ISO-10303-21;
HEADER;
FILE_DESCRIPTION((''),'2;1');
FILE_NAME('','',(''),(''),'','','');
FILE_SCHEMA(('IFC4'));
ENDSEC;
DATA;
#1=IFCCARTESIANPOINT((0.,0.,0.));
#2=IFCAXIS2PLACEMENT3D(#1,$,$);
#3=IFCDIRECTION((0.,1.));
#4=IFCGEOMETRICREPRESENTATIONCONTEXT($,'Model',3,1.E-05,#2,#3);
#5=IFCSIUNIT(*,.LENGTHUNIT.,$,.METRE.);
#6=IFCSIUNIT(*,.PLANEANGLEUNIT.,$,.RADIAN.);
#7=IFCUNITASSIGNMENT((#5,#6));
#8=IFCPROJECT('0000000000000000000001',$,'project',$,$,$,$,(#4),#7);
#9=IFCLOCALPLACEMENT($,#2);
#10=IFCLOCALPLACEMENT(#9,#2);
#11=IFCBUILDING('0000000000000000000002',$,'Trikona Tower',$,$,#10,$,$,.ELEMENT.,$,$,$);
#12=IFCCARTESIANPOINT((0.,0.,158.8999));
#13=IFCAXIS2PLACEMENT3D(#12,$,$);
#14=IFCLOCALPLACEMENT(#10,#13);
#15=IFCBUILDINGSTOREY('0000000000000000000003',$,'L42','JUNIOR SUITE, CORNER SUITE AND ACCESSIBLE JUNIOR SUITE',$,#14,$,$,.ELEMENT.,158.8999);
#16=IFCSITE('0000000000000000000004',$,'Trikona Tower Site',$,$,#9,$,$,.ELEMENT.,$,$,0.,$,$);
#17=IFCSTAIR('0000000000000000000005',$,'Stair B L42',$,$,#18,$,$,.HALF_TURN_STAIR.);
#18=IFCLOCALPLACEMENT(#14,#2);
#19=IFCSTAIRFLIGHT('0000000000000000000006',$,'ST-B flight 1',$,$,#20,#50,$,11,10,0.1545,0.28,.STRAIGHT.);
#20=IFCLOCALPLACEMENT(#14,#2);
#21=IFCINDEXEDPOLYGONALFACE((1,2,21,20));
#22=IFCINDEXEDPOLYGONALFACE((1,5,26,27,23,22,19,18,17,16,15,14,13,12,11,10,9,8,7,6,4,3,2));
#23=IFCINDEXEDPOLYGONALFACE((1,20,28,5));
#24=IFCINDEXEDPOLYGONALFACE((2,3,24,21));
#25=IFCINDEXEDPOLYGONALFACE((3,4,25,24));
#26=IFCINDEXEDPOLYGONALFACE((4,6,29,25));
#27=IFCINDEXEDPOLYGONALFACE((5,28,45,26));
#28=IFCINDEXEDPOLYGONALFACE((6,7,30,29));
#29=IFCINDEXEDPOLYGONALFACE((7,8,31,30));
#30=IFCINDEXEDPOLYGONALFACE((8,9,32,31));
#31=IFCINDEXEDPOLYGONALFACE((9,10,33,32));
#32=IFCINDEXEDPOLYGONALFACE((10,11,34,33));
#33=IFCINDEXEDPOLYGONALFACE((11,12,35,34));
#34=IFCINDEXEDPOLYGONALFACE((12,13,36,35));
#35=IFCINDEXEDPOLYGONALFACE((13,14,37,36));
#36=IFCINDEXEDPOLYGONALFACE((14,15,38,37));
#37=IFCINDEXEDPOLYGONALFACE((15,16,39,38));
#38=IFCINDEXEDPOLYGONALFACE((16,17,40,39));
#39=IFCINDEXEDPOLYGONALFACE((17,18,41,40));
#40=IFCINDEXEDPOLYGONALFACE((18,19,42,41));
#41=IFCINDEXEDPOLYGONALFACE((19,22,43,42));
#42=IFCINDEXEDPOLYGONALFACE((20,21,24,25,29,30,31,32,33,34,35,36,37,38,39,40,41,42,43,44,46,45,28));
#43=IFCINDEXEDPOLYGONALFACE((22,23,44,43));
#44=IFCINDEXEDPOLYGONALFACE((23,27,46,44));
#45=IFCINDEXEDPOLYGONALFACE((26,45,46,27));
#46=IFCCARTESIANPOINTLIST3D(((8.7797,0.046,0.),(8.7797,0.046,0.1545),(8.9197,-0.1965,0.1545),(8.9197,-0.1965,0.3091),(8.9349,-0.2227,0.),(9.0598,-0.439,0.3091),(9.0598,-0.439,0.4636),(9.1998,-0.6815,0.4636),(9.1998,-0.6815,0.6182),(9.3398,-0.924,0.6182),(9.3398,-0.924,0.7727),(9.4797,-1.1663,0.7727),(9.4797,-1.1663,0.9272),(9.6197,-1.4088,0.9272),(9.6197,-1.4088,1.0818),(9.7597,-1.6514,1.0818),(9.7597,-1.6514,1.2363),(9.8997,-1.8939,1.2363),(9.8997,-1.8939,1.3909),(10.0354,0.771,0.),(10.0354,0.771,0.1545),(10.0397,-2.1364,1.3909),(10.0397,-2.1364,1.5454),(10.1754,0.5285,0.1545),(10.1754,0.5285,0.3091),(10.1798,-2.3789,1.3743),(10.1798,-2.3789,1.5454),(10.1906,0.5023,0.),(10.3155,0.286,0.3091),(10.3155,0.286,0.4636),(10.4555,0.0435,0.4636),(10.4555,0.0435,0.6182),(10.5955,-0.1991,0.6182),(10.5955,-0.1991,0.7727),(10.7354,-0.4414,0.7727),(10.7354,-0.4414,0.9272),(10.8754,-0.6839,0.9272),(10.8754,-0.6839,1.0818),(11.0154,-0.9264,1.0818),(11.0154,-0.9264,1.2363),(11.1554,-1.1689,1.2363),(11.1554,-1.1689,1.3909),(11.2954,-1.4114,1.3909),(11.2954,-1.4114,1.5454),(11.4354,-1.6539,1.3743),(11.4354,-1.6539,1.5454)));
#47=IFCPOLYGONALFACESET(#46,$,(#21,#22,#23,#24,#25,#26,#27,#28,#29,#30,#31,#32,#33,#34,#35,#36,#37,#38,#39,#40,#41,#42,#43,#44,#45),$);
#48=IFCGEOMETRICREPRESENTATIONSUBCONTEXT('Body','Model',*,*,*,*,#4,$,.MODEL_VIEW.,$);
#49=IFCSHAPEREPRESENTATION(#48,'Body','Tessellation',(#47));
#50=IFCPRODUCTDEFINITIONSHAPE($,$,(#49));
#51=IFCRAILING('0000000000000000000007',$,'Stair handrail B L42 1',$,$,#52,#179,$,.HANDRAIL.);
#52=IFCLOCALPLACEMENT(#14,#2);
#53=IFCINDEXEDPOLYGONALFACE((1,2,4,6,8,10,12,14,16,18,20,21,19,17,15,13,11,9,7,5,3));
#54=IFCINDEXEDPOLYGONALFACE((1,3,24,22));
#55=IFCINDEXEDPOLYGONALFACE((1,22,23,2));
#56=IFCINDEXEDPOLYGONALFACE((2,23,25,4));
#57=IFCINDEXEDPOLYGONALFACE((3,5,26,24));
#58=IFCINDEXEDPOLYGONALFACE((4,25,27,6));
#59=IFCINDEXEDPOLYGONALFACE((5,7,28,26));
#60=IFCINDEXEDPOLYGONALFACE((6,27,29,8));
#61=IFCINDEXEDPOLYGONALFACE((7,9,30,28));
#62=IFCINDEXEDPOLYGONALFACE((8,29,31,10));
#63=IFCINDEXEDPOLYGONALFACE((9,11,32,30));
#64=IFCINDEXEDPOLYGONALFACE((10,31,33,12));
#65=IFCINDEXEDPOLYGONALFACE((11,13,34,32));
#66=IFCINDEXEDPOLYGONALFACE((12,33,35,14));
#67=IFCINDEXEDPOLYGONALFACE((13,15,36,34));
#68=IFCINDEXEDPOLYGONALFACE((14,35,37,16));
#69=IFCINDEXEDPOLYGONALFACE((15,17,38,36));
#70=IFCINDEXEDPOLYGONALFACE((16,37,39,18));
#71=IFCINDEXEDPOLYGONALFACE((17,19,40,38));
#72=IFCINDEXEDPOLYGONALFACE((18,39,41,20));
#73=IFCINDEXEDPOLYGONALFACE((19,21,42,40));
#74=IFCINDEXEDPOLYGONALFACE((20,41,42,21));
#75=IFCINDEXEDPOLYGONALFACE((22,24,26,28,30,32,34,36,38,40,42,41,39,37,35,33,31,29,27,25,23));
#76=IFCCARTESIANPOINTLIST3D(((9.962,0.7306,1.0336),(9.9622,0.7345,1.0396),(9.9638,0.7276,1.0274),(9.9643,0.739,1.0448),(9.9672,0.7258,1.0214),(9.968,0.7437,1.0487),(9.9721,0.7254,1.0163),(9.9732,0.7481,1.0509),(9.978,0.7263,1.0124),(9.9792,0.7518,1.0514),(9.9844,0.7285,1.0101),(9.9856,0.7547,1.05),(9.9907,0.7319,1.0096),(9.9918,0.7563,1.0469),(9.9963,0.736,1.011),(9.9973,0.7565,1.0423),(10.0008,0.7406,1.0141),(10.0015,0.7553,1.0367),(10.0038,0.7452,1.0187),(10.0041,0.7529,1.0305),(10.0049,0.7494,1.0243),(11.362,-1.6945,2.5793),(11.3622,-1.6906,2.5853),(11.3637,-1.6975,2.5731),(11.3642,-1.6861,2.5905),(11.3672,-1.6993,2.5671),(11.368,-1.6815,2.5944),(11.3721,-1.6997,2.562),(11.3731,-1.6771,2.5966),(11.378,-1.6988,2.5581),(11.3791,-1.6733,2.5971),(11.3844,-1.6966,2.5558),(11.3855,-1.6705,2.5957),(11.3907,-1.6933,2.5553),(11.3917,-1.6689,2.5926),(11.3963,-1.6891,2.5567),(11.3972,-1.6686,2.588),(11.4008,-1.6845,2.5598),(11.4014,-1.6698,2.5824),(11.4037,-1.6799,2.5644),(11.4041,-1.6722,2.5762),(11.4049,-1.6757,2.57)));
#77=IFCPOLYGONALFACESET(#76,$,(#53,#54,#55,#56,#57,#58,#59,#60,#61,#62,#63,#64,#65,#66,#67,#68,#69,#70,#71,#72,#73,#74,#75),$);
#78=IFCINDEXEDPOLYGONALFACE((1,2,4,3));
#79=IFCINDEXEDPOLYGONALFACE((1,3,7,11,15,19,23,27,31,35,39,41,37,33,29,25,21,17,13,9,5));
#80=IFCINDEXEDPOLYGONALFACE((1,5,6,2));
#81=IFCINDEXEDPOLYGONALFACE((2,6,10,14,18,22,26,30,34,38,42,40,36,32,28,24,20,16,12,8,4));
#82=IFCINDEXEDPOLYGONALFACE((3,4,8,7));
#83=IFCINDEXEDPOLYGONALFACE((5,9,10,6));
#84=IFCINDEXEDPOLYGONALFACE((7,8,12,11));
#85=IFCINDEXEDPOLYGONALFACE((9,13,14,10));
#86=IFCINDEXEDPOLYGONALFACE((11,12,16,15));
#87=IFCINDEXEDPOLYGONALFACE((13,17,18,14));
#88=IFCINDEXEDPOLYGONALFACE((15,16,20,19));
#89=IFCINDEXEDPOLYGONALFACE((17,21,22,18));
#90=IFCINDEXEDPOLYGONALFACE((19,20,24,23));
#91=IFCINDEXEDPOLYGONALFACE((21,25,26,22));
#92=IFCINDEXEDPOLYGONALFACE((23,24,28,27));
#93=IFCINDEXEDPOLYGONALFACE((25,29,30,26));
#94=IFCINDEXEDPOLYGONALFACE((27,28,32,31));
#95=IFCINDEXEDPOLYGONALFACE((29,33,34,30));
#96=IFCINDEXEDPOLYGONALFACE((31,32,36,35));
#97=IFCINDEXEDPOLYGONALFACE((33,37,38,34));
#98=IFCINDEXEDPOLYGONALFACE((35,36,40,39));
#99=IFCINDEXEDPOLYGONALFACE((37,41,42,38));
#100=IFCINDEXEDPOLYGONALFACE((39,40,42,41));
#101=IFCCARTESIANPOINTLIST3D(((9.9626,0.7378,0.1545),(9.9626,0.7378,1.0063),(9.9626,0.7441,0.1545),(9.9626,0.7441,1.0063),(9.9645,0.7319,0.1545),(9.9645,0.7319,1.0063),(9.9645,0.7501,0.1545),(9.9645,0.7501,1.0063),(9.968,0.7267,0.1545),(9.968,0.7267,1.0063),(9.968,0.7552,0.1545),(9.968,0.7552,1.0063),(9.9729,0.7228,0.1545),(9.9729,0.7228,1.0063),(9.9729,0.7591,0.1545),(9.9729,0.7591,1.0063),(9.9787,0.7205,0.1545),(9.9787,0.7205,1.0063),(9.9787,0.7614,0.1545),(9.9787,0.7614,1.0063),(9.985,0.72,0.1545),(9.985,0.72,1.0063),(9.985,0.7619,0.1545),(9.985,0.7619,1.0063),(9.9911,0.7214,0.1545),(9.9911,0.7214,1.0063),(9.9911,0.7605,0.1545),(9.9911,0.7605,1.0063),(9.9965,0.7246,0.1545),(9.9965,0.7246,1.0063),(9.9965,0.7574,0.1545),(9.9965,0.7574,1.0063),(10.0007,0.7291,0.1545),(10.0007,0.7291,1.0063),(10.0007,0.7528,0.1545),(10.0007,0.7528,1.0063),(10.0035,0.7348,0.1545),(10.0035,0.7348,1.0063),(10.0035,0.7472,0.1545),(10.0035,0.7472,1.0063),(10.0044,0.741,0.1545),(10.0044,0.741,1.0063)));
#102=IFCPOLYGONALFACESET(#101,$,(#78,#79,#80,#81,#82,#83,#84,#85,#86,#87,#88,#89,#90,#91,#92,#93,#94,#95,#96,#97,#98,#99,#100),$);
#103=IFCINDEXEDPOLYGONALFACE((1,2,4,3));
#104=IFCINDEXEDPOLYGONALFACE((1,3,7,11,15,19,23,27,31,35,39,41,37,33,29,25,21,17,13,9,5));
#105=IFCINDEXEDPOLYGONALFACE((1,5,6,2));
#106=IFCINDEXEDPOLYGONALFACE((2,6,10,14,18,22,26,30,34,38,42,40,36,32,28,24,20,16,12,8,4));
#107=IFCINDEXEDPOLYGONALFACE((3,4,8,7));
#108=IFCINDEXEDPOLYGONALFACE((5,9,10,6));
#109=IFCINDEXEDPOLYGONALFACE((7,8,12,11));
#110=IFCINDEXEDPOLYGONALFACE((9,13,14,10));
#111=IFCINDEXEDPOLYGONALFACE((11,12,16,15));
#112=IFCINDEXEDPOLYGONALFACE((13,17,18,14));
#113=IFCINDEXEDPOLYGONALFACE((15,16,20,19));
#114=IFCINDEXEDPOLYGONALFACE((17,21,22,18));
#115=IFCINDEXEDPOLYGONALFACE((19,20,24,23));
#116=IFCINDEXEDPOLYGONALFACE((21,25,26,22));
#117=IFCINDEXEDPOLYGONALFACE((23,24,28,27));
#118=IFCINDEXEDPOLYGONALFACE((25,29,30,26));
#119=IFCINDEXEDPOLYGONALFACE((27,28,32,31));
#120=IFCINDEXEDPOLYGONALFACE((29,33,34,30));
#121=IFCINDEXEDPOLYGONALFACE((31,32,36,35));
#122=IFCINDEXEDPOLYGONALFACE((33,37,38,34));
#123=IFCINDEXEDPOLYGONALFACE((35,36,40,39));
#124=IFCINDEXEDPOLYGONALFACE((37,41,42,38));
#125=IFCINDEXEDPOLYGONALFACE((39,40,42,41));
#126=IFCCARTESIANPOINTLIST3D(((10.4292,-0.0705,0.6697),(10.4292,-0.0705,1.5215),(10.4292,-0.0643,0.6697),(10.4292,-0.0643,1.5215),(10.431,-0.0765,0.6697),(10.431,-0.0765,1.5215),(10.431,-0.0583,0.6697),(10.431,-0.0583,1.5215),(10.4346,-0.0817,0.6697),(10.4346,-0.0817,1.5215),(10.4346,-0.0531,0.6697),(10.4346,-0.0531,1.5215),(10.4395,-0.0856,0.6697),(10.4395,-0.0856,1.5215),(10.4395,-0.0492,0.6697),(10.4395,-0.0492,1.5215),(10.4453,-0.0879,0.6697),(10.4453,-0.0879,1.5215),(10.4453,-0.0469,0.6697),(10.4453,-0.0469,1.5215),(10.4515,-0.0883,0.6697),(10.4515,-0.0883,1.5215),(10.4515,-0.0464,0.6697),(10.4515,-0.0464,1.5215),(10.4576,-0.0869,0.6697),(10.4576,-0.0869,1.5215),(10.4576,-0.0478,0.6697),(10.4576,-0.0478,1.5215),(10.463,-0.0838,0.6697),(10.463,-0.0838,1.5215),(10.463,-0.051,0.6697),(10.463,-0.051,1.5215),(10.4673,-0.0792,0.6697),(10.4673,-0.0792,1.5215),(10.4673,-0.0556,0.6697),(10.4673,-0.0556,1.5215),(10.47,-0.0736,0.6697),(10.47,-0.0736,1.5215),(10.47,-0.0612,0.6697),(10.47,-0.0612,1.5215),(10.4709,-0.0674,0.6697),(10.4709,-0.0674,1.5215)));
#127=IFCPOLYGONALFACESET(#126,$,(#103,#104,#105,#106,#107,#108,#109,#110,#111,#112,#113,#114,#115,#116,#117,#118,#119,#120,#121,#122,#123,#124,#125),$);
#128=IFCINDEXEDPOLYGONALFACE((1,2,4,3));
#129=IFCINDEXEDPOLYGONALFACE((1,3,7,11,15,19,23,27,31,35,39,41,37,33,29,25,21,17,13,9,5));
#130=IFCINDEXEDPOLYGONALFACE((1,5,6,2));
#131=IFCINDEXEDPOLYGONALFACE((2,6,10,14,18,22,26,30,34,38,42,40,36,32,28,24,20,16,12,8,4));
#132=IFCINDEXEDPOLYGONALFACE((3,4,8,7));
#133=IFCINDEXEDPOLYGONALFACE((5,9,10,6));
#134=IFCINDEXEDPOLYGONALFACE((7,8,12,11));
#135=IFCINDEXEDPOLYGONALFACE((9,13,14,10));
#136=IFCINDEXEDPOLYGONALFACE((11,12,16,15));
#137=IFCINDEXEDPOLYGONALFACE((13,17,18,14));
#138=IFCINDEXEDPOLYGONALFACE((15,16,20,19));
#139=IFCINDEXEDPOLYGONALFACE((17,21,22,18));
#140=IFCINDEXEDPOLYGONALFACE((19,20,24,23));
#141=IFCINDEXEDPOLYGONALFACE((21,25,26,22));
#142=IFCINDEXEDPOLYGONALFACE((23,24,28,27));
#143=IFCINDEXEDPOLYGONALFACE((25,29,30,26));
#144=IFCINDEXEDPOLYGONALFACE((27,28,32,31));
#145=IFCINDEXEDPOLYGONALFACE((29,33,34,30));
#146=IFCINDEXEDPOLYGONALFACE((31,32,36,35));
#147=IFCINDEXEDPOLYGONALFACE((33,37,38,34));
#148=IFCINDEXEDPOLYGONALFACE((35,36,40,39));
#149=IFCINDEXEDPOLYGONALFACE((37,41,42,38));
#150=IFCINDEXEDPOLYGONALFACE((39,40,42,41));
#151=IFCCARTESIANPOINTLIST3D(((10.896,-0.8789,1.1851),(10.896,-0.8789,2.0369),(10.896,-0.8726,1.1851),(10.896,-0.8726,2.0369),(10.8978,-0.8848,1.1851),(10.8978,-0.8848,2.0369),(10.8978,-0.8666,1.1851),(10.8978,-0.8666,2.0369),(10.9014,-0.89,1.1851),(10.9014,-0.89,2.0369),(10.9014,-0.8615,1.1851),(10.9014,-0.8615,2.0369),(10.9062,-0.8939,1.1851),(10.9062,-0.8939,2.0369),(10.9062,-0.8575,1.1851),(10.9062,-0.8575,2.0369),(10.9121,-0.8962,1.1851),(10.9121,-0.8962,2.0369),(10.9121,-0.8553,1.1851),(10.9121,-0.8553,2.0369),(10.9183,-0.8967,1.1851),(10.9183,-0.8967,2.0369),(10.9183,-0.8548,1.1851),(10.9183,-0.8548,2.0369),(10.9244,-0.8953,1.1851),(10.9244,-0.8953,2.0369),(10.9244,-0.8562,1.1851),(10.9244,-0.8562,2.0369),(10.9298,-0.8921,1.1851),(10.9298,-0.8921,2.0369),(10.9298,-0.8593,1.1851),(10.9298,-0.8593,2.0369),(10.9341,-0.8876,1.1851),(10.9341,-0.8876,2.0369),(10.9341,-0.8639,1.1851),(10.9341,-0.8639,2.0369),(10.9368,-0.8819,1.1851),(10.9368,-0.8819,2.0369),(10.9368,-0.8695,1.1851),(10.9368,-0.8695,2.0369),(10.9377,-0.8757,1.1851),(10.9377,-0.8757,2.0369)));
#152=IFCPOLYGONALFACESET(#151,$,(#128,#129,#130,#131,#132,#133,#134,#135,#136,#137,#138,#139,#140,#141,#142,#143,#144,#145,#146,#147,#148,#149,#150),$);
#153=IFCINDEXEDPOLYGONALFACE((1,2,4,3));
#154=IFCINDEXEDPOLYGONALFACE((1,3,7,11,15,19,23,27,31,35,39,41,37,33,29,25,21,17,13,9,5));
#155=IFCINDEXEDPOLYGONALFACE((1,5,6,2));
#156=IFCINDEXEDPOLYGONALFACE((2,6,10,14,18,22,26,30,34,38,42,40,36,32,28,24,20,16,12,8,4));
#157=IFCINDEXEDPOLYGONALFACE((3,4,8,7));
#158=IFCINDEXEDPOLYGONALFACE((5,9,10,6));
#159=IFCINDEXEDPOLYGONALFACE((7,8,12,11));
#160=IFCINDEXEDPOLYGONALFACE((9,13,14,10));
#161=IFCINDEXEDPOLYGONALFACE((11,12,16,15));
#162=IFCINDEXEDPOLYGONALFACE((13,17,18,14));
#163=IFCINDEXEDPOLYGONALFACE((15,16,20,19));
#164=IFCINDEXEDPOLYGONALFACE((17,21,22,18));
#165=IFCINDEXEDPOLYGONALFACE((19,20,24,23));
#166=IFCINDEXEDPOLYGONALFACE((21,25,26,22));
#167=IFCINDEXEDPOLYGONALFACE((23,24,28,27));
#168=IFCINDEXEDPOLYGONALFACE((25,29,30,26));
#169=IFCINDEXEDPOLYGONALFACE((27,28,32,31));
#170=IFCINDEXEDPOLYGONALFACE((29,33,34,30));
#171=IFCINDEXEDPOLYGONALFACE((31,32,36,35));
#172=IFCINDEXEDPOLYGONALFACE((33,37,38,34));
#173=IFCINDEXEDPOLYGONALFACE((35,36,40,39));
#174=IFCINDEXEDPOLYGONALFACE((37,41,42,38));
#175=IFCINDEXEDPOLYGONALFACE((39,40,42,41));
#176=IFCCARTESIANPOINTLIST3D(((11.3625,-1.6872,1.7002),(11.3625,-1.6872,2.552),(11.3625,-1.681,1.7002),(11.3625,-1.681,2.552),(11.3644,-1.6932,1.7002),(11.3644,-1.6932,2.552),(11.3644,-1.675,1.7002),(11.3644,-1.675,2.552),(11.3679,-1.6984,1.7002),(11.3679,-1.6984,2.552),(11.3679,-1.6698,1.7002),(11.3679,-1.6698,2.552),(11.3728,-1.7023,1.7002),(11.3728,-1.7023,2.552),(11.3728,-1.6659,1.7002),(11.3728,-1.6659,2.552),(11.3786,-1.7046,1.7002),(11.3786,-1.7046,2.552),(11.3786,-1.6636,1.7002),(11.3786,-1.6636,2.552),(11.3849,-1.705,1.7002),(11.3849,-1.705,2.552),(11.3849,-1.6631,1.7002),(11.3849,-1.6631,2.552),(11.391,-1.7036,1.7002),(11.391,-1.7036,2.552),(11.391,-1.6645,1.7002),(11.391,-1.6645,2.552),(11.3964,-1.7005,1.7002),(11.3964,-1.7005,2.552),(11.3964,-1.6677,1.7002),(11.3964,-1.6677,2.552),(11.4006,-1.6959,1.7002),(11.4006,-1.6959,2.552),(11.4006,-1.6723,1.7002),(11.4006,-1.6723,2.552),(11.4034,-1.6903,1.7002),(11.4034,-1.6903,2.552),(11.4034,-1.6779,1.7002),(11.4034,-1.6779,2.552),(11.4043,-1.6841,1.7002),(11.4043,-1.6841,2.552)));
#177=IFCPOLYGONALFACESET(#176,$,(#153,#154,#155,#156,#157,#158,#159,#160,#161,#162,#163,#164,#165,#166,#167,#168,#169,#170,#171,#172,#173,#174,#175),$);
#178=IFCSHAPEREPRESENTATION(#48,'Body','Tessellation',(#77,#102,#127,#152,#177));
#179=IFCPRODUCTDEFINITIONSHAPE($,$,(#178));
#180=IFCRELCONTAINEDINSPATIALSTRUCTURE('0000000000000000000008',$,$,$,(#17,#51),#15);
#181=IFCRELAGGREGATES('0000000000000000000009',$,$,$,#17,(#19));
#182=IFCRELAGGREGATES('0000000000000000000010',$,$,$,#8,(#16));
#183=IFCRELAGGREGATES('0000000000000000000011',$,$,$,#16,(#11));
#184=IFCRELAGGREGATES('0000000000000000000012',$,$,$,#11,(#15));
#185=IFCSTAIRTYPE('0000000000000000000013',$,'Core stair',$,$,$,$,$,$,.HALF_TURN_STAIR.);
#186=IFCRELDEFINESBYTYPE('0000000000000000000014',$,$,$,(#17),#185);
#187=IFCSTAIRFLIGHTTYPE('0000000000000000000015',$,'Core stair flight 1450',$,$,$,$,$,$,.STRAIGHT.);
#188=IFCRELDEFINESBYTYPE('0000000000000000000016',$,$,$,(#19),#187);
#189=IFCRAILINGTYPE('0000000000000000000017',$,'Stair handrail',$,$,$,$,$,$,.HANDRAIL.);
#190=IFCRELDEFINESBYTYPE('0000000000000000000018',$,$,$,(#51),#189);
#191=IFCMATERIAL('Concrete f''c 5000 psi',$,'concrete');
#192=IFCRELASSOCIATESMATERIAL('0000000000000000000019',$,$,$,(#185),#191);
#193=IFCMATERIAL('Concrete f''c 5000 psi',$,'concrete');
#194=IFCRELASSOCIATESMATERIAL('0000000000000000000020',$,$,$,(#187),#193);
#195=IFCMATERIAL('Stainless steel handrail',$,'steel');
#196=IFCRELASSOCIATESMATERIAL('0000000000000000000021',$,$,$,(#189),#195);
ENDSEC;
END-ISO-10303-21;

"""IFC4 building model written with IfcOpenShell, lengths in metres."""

from ifc_helpers import new_model, si_unit, direction, frame, origin, origin_2d, place, context, subcontext, project, spatial, polyline, circle, outline, extrude, material, type_object, element, aggregate, save


model = new_model("IFC4")

# Units and contexts
model_context = context("Model", 3, precision=1e-05, world=origin(), true_north=direction((0.0, 1.0)))
body_context = subcontext(model_context, "Body", "Model", "MODEL_VIEW")
ifc_project = project(units=[si_unit("LENGTHUNIT", "METRE"), si_unit("PLANEANGLEUNIT", "RADIAN")], contexts=[model_context])

# Site, building, storey
site_placement = place(None, origin())
site = spatial("IfcSite", under=ifc_project, at=site_placement, Name="Trikona Tower Site", CompositionType="ELEMENT", RefElevation=0.0)
building_placement = place(site_placement, origin())
building = spatial("IfcBuilding", under=site, at=building_placement, Name="Trikona Tower", CompositionType="ELEMENT")
storey_placement = place(building_placement, frame((0.0, 0.0, 158.8999)))
storey = spatial("IfcBuildingStorey", under=building, at=storey_placement, Name="L42", Description="JUNIOR SUITE, CORNER SUITE AND ACCESSIBLE JUNIOR SUITE", CompositionType="ELEMENT", Elevation=158.8999)

# Stair
ifc_material_1 = material(Name="Concrete f'c 5000 psi", Category="concrete")
stair_type = type_object("IfcStairType", Name="Core stair", PredefinedType="HALF_TURN_STAIR", material=ifc_material_1)
stair_1_placement = place(storey_placement, origin())
stair_1 = element("IfcStair", 1, at=stair_1_placement, inside=storey, type_object=stair_type, Name="Stair B L42", PredefinedType="HALF_TURN_STAIR")

# Stair flight
ifc_material_2 = material(Name="Concrete f'c 5000 psi", Category="concrete")
stair_flight_type = type_object("IfcStairFlightType", Name="Core stair flight 1450", PredefinedType="STRAIGHT", material=ifc_material_2)
stair_flight_placement = place(storey_placement, frame((9.4075, 0.4084, 0.0), z_axis=(0.0, 0.0, 1.0), x_axis=(0.5, -0.866025, 0.0)))
stair_flight = element("IfcStairFlight", 2, at=stair_flight_placement, type_object=stair_flight_type, Name="ST-B flight 1", NumberOfRisers=11, NumberOfTreads=10, PredefinedType="STRAIGHT", RiserHeight=0.1545, TreadLength=0.28, context=body_context, shape_type="SweptSolid", body=[
    extrude(outline(polyline([(0.0, 0.0), (0.0, 0.1545), (0.28, 0.1545), (0.28, 0.3091), (0.5601, 0.3091), (0.5601, 0.4636), (0.8401, 0.4636), (0.8401, 0.6182), (1.1201, 0.6182), (1.1201, 0.7727), (1.3999, 0.7727), (1.3999, 0.9272), (1.6799, 0.9272), (1.6799, 1.0818), (1.96, 1.0818), (1.96, 1.2363), (2.24, 1.2363), (2.24, 1.3909), (2.52, 1.3909), (2.52, 1.5454), (2.8, 1.5454), (2.8, 1.7), (2.8, 1.3743), (0.3103, 0.0), (0.0, 0.0)])), frame((0.0, 0.7251, 0.0), z_axis=(0.0, -1.0, 0.0), x_axis=(1.0, 0.0, 0.0)), (0.0, 0.0, 1.0), 1.45),
])
aggregate(stair_1, [stair_flight])

# Railing
ifc_material_3 = material(Name="Stainless steel handrail", Category="steel")
railing_type = type_object("IfcRailingType", Name="Stair handrail", PredefinedType="HANDRAIL", material=ifc_material_3)
railing_placement = place(storey_placement, frame((9.9834, 0.741, 0.1545)))
element("IfcRailing", 3, at=railing_placement, inside=storey, type_object=railing_type, Name="Stair handrail B L42 1", PredefinedType="HANDRAIL", context=body_context, shape_type="SweptSolid", body=[
    extrude(circle(Radius=0.0239, at=origin_2d()), frame((0.0, 0.0, 0.876), z_axis=(0.437691, -0.758212, 0.483262), x_axis=(0.866056, 0.499946, 0.0)), (0.0, 0.0, 1.0), 3.1985),
    extrude(circle(Radius=0.021, at=origin_2d()), origin(), (0.0, 0.0, 1.0), 0.8518),
    extrude(circle(Radius=0.021, at=origin_2d()), frame((0.4666, -0.8083, 0.5151)), (0.0, 0.0, 1.0), 0.8518),
    extrude(circle(Radius=0.021, at=origin_2d()), frame((0.9333, -1.6167, 1.0305)), (0.0, 0.0, 1.0), 0.8518),
    extrude(circle(Radius=0.021, at=origin_2d()), frame((1.3999, -2.425, 1.5457)), (0.0, 0.0, 1.0), 0.8518),
])

save(model, "model.ifc")
